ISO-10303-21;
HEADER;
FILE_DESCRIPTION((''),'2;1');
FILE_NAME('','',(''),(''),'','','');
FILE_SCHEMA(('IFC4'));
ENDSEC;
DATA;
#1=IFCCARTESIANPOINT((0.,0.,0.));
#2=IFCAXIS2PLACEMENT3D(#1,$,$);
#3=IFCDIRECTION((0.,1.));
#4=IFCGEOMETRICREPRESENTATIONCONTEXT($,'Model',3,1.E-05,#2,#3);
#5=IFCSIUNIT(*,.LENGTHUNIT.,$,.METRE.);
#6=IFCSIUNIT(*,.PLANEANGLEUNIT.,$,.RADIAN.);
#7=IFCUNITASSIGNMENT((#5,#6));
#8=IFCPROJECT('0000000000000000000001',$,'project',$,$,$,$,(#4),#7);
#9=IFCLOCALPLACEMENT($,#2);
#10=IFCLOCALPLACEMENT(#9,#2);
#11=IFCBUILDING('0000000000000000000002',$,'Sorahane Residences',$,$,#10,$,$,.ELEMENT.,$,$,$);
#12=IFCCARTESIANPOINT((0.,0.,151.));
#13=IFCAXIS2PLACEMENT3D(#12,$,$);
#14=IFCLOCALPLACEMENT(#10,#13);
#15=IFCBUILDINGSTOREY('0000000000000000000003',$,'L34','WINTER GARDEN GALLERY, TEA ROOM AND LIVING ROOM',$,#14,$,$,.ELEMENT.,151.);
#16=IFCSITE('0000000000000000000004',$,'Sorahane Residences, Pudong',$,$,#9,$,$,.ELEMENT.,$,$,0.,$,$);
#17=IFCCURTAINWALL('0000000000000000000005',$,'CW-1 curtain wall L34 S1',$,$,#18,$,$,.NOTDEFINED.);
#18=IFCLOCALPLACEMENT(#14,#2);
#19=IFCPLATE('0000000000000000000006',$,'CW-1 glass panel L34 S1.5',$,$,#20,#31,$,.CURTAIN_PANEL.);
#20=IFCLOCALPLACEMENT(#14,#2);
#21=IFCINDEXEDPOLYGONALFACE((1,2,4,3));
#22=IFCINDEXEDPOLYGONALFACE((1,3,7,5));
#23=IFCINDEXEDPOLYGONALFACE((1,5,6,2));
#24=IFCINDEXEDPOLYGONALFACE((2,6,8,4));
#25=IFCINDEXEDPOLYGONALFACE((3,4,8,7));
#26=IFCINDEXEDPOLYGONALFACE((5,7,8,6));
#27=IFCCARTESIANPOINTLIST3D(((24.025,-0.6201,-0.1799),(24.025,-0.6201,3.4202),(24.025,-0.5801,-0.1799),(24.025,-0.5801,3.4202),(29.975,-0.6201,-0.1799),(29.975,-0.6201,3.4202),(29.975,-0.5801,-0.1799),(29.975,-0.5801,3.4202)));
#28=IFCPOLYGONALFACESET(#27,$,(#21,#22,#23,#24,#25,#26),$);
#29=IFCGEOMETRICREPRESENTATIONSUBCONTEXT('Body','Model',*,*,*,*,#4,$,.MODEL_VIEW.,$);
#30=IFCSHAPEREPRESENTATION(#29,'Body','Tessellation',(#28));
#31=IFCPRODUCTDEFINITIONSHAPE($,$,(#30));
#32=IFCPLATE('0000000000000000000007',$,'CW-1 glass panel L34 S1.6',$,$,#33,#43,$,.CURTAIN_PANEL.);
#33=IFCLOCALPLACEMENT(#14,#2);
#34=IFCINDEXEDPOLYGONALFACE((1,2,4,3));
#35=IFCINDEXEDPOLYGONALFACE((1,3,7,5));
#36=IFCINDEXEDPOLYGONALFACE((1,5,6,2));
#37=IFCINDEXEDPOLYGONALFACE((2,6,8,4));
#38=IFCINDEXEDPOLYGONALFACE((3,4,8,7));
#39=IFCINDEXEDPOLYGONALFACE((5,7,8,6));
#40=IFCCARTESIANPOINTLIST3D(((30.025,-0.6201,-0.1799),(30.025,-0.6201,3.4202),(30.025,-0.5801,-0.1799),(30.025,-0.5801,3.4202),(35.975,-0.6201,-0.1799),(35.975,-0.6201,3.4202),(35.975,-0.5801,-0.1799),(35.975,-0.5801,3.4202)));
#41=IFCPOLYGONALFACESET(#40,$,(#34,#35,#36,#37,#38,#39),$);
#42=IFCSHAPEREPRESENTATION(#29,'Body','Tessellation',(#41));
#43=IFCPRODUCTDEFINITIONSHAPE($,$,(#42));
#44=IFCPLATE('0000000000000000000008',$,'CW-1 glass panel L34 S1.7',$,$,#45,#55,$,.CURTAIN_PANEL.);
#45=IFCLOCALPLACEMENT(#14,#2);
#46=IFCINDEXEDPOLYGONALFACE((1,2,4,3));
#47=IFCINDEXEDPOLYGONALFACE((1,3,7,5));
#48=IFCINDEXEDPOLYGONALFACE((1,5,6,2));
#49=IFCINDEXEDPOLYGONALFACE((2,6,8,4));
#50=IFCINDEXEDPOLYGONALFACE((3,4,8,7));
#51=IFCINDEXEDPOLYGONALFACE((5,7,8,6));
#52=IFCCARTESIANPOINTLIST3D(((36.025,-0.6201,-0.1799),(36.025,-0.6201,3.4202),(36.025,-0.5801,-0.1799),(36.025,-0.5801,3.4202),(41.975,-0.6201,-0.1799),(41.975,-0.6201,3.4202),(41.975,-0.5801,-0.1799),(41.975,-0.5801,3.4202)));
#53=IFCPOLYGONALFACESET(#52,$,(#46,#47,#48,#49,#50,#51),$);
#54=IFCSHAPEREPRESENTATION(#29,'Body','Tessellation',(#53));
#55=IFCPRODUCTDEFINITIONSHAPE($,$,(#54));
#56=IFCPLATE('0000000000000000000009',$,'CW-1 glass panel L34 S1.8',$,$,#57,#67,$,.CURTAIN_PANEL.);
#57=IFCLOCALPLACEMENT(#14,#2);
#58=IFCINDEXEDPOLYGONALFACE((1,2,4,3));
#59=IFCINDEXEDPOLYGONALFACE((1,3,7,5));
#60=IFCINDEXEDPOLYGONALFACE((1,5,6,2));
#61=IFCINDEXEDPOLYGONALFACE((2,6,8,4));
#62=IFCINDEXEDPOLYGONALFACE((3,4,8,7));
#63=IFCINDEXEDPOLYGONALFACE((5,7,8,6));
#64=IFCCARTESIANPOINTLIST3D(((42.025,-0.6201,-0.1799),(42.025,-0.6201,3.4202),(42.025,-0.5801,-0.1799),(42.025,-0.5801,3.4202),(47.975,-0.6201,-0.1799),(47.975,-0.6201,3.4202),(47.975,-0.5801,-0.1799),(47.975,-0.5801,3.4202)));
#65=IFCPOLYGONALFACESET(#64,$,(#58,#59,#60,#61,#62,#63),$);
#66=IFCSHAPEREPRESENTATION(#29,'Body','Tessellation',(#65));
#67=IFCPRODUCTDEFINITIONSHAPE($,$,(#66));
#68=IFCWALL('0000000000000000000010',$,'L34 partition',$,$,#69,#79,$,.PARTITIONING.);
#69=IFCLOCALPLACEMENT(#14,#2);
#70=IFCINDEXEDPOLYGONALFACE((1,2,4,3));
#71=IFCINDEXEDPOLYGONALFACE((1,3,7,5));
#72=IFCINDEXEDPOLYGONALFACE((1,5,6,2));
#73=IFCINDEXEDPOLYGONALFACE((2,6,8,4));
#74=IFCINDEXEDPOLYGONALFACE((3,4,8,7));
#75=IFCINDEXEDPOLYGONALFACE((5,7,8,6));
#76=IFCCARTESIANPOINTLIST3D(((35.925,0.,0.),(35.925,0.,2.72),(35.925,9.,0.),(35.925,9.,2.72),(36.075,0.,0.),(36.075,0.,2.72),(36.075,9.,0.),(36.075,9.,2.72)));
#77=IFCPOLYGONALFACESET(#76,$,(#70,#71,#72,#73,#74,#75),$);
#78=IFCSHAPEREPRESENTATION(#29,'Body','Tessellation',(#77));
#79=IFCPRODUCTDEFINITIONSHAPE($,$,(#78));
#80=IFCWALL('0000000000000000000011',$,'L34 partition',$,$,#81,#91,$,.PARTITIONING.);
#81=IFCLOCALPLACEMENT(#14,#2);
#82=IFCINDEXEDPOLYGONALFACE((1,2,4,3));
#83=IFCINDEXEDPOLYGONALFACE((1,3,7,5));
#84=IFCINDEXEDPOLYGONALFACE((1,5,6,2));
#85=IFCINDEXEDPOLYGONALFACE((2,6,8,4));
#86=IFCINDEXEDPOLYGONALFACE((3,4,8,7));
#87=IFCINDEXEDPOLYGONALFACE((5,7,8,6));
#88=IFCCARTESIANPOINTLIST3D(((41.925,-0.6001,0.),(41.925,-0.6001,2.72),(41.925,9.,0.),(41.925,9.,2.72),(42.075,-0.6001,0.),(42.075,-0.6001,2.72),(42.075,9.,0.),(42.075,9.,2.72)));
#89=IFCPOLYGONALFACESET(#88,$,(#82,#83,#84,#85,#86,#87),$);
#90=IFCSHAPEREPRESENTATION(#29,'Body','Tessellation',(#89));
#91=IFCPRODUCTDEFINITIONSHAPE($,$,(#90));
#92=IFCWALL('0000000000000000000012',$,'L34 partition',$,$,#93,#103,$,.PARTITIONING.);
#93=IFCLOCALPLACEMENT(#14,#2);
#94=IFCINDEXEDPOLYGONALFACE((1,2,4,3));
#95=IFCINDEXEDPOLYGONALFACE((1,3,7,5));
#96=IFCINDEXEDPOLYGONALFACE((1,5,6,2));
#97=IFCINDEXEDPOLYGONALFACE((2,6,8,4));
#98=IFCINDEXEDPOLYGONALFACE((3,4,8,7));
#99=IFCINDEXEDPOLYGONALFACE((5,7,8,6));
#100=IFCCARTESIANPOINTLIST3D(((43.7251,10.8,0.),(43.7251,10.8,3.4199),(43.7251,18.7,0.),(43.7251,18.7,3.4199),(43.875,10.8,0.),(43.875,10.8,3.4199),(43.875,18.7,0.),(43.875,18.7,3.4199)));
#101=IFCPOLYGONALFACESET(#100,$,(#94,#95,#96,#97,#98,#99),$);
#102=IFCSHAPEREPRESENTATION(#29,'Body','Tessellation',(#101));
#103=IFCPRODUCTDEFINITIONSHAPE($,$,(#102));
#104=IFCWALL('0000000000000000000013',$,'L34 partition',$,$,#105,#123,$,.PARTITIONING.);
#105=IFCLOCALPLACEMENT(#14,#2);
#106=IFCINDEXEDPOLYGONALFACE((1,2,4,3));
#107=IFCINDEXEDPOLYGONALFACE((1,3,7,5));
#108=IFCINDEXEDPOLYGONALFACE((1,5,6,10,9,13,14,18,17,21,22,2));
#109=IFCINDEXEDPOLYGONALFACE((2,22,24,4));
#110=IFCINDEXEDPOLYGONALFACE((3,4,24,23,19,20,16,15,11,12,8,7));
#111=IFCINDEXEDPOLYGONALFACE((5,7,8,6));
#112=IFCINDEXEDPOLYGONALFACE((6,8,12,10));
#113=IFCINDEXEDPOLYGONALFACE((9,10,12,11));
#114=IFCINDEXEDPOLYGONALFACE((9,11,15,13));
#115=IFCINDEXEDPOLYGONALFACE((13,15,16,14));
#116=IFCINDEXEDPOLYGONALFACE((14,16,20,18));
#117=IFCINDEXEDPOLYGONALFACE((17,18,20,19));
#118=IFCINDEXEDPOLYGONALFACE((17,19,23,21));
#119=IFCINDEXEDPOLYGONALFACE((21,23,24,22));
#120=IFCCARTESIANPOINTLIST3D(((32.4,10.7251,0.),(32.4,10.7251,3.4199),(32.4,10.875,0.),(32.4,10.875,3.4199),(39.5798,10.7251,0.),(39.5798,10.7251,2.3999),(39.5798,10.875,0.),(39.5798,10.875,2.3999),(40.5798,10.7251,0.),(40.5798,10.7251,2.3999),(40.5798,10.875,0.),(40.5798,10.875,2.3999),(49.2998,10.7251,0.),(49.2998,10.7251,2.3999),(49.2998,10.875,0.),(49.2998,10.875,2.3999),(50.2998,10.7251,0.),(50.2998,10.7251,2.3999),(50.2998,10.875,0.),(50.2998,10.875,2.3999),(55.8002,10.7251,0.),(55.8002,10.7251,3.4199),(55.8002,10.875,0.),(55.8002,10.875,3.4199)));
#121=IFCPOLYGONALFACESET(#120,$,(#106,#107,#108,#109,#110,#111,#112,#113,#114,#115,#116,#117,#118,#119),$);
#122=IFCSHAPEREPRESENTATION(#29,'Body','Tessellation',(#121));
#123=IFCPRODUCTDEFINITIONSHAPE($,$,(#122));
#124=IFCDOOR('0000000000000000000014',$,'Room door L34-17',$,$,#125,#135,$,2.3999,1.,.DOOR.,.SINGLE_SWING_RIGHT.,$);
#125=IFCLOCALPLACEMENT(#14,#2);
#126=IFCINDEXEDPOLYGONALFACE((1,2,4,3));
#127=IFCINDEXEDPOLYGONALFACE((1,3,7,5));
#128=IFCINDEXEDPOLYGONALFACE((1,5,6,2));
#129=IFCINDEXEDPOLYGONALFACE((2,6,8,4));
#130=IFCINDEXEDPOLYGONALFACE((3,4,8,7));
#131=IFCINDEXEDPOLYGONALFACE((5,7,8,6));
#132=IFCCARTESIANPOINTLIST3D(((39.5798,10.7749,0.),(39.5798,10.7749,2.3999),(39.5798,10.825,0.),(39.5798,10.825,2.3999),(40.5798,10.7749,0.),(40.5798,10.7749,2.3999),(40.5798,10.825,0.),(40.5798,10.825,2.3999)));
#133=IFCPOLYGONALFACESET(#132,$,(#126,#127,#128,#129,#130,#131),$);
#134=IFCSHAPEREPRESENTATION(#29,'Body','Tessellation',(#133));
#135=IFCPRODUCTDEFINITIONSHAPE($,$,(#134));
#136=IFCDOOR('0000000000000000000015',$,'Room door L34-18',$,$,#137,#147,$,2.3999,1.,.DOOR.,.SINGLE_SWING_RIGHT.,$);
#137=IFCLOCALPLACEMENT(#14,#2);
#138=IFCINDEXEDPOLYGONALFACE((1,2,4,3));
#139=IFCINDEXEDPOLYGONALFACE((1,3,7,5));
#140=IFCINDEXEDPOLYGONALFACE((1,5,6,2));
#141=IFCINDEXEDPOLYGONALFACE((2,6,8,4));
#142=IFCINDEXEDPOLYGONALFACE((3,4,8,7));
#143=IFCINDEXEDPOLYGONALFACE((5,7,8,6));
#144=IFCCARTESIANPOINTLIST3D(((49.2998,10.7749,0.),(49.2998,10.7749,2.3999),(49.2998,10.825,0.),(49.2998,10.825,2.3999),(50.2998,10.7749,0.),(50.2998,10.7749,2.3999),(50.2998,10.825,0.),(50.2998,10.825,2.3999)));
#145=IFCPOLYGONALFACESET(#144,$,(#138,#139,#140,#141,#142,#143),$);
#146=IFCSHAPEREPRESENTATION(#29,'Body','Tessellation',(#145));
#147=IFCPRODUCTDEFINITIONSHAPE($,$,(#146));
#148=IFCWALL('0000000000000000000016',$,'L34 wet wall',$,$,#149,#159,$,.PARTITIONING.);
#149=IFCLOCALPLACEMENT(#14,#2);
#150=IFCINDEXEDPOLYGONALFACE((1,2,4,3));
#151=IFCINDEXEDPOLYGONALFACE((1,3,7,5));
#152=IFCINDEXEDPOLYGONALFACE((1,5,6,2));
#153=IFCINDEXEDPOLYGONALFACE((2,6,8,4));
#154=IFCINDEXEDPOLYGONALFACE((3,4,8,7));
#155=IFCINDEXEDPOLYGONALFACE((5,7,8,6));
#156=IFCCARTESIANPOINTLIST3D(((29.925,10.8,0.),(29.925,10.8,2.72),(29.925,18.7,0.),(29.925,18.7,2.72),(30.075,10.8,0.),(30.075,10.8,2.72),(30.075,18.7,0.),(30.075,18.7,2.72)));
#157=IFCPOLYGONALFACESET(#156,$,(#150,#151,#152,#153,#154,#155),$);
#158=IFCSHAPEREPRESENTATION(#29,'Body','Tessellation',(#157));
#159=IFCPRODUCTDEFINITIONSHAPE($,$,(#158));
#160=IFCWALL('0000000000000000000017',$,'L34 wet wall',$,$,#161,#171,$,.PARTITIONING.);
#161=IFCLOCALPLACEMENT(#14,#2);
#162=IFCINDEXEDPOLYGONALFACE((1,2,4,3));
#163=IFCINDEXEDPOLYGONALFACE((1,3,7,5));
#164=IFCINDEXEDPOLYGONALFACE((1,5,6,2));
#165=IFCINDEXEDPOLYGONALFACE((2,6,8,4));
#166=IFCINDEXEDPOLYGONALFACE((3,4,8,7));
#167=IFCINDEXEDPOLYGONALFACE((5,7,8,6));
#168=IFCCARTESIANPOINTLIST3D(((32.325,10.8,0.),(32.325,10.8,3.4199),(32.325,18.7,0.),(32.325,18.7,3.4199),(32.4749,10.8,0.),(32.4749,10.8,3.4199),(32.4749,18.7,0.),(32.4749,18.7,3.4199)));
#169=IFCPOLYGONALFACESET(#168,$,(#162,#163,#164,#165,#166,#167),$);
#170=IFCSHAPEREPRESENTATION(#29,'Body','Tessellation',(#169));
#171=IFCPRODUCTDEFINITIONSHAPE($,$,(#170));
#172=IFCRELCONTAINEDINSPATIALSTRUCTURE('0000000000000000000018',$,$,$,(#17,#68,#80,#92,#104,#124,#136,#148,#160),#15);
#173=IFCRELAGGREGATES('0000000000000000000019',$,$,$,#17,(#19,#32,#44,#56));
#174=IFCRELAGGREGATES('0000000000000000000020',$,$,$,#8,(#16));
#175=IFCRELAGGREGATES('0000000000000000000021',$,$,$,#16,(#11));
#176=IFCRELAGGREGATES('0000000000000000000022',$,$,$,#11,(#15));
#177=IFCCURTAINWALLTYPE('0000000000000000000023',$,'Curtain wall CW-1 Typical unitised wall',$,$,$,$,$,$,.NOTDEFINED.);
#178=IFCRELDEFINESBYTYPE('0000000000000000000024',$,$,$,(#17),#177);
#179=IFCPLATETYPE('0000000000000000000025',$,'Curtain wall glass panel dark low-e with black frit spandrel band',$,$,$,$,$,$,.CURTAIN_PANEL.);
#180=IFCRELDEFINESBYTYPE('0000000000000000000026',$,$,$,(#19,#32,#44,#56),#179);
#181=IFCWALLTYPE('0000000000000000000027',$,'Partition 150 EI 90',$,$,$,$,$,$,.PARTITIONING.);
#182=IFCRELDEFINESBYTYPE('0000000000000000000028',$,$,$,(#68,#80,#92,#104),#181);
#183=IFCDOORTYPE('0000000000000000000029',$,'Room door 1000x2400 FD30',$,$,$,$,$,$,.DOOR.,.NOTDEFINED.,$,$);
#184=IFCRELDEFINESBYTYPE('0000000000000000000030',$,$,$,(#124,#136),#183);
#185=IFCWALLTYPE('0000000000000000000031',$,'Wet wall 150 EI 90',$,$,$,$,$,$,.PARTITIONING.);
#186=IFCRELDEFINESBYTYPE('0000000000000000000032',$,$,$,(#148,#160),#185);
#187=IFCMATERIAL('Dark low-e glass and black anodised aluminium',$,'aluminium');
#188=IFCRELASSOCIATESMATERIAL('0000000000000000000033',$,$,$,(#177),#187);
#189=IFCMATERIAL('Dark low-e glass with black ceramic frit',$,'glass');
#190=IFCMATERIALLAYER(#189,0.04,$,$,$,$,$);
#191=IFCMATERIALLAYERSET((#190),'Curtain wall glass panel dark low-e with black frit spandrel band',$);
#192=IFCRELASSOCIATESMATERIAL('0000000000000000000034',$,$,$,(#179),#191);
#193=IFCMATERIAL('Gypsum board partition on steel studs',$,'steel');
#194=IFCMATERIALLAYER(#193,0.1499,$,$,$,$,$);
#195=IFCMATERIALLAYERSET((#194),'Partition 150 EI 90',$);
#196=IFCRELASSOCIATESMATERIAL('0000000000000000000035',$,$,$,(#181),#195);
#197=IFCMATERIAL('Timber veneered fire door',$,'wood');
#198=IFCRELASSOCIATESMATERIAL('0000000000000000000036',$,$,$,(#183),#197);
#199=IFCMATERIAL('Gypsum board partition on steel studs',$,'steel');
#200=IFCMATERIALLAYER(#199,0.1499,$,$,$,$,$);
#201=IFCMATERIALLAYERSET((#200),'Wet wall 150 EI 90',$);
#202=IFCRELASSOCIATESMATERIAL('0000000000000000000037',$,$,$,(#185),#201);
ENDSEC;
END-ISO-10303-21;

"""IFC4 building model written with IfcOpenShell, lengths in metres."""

from ifc_helpers import new_model, si_unit, direction, frame, frame_2d, origin, origin_2d, place, context, subcontext, project, spatial, rectangle, extrude, material, layer, layer_set, type_object, element, fill, aggregate, save


model = new_model("IFC4")

# Units and contexts
model_context = context("Model", 3, precision=1e-05, world=origin(), true_north=direction((0.0, 1.0)))
body_context = subcontext(model_context, "Body", "Model", "MODEL_VIEW")
ifc_project = project(units=[si_unit("LENGTHUNIT", "METRE"), si_unit("PLANEANGLEUNIT", "RADIAN")], contexts=[model_context])

# Site, building, storey
site_placement = place(None, origin())
site = spatial("IfcSite", under=ifc_project, at=site_placement, Name="Sorahane Residences, Pudong", CompositionType="ELEMENT", RefElevation=0.0)
building_placement = place(site_placement, origin())
building = spatial("IfcBuilding", under=site, at=building_placement, Name="Sorahane Residences", CompositionType="ELEMENT")
storey_placement = place(building_placement, frame((0.0, 0.0, 151.0)))
storey = spatial("IfcBuildingStorey", under=building, at=storey_placement, Name="L34", Description="WINTER GARDEN GALLERY, TEA ROOM AND LIVING ROOM", CompositionType="ELEMENT", Elevation=151.0)

# Curtain wall
ifc_material_1 = material(Name="Dark low-e glass and black anodised aluminium", Category="aluminium")
curtain_wall_type = type_object("IfcCurtainWallType", Name="Curtain wall CW-1 Typical unitised wall", PredefinedType="NOTDEFINED", material=ifc_material_1)
curtain_wall_placement = place(storey_placement, origin())
curtain_wall = element("IfcCurtainWall", 1, at=curtain_wall_placement, inside=storey, type_object=curtain_wall_type, Name="CW-1 curtain wall L34 S1", PredefinedType="NOTDEFINED")

# Plates
ifc_material_2 = material(Name="Dark low-e glass with black ceramic frit", Category="glass")
ifc_layer_1 = layer(ifc_material_2, 0.04)
ifc_layer_set_1 = layer_set([ifc_layer_1], Name="Curtain wall glass panel dark low-e with black frit spandrel band")
plate_type = type_object("IfcPlateType", Name="Curtain wall glass panel dark low-e with black frit spandrel band", PredefinedType="CURTAIN_PANEL", material=ifc_layer_set_1)
plate_1_placement = place(storey_placement, frame((27.0, -0.6001, -0.1799), z_axis=(0.0, 0.0, 1.0), x_axis=(1.0, 0.0, 0.0)))
plate_1 = element("IfcPlate", 2, at=plate_1_placement, type_object=plate_type, Name="CW-1 glass panel L34 S1.5", PredefinedType="CURTAIN_PANEL", context=body_context, shape_type="SweptSolid", body=[
    extrude(rectangle(XDim=5.95, YDim=0.04, at=origin_2d()), origin(), (0.0, 0.0, 1.0), 3.6001),
])
plate_2_placement = place(storey_placement, frame((33.0, -0.6001, -0.1799), z_axis=(0.0, 0.0, 1.0), x_axis=(1.0, 0.0, 0.0)))
plate_2 = element("IfcPlate", 3, at=plate_2_placement, type_object=plate_type, Name="CW-1 glass panel L34 S1.6", PredefinedType="CURTAIN_PANEL", context=body_context, shape_type="SweptSolid", body=[
    extrude(rectangle(XDim=5.95, YDim=0.04, at=origin_2d()), origin(), (0.0, 0.0, 1.0), 3.6001),
])
plate_3_placement = place(storey_placement, frame((39.0, -0.6001, -0.1799), z_axis=(0.0, 0.0, 1.0), x_axis=(1.0, 0.0, 0.0)))
plate_3 = element("IfcPlate", 4, at=plate_3_placement, type_object=plate_type, Name="CW-1 glass panel L34 S1.7", PredefinedType="CURTAIN_PANEL", context=body_context, shape_type="SweptSolid", body=[
    extrude(rectangle(XDim=5.95, YDim=0.04, at=origin_2d()), origin(), (0.0, 0.0, 1.0), 3.6001),
])
plate_4_placement = place(storey_placement, frame((45.0, -0.6001, -0.1799), z_axis=(0.0, 0.0, 1.0), x_axis=(1.0, 0.0, 0.0)))
plate_4 = element("IfcPlate", 5, at=plate_4_placement, type_object=plate_type, Name="CW-1 glass panel L34 S1.8", PredefinedType="CURTAIN_PANEL", context=body_context, shape_type="SweptSolid", body=[
    extrude(rectangle(XDim=5.95, YDim=0.04, at=origin_2d()), origin(), (0.0, 0.0, 1.0), 3.6001),
])
aggregate(curtain_wall, [plate_1, plate_2, plate_3, plate_4])

# Walls
ifc_material_3 = material(Name="Gypsum board partition on steel studs", Category="steel")
ifc_layer_2 = layer(ifc_material_3, 0.1499)
ifc_layer_set_2 = layer_set([ifc_layer_2], Name="Partition 150 EI 90")
wall_type_1 = type_object("IfcWallType", Name="Partition 150 EI 90", PredefinedType="PARTITIONING", material=ifc_layer_set_2)
wall_1_placement = place(storey_placement, frame((36.0, 0.0, 0.0), z_axis=(0.0, 0.0, 1.0), x_axis=(0.0, 1.0, 0.0)))
element("IfcWall", 6, at=wall_1_placement, inside=storey, type_object=wall_type_1, Name="L34 partition", PredefinedType="PARTITIONING", context=body_context, shape_type="SweptSolid", body=[
    extrude(rectangle(XDim=9.0, YDim=0.1499, at=frame_2d((4.5, 0.0))), origin(), (0.0, 0.0, 1.0), 2.72),
])
wall_2_placement = place(storey_placement, frame((42.0, -0.6001, 0.0), z_axis=(0.0, 0.0, 1.0), x_axis=(0.0, 1.0, 0.0)))
element("IfcWall", 7, at=wall_2_placement, inside=storey, type_object=wall_type_1, Name="L34 partition", PredefinedType="PARTITIONING", context=body_context, shape_type="SweptSolid", body=[
    extrude(rectangle(XDim=9.6001, YDim=0.1499, at=frame_2d((4.8, 0.0))), origin(), (0.0, 0.0, 1.0), 2.72),
])
wall_3_placement = place(storey_placement, frame((43.8, 10.8, 0.0), z_axis=(0.0, 0.0, 1.0), x_axis=(0.0, 1.0, 0.0)))
element("IfcWall", 8, at=wall_3_placement, inside=storey, type_object=wall_type_1, Name="L34 partition", PredefinedType="PARTITIONING", context=body_context, shape_type="SweptSolid", body=[
    extrude(rectangle(XDim=7.8999, YDim=0.1499, at=frame_2d((3.95, 0.0))), origin(), (0.0, 0.0, 1.0), 3.4199),
])

# Wall, openings, doors
wall_4_placement = place(storey_placement, frame((32.3999, 10.8, 0.0), z_axis=(0.0, 0.0, 1.0), x_axis=(1.0, 0.0, 0.0)))
wall_4 = element("IfcWall", 9, at=wall_4_placement, inside=storey, type_object=wall_type_1, Name="L34 partition", PredefinedType="PARTITIONING", context=body_context, shape_type="SweptSolid", body=[
    extrude(rectangle(XDim=23.4001, YDim=0.1499, at=frame_2d((11.7002, 0.0))), origin(), (0.0, 0.0, 1.0), 3.4199),
])
opening_1_placement = place(wall_4_placement, frame((7.1799, 0.0, 0.0)))
opening_1 = element("IfcOpeningElement", 10, at=opening_1_placement, cuts=wall_4, PredefinedType="OPENING", context=body_context, shape_type="SweptSolid", body=[
    extrude(rectangle(XDim=1.0, YDim=2.3999, at=frame_2d((0.5, 1.2))), frame((0.0, 0.085, 0.0), z_axis=(0.0, -1.0, 0.0), x_axis=(1.0, 0.0, 0.0)), (0.0, 0.0, 1.0), 0.1699),
])
opening_2_placement = place(wall_4_placement, frame((16.8999, 0.0, 0.0)))
opening_2 = element("IfcOpeningElement", 11, at=opening_2_placement, cuts=wall_4, PredefinedType="OPENING", context=body_context, shape_type="SweptSolid", body=[
    extrude(rectangle(XDim=1.0, YDim=2.3999, at=frame_2d((0.5, 1.2))), frame((0.0, 0.085, 0.0), z_axis=(0.0, -1.0, 0.0), x_axis=(1.0, 0.0, 0.0)), (0.0, 0.0, 1.0), 0.1699),
])
ifc_material_4 = material(Name="Timber veneered fire door", Category="wood")
door_type_1 = type_object("IfcDoorType", Name="Room door 1000x2400 FD30", OperationType="NOTDEFINED", PredefinedType="DOOR", material=ifc_material_4)
door_1_placement = place(opening_1_placement, origin())
door_1 = element("IfcDoor", 12, at=door_1_placement, inside=storey, type_object=door_type_1, Name="Room door L34-17", OperationType="SINGLE_SWING_RIGHT", OverallHeight=2.3999, OverallWidth=1.0, PredefinedType="DOOR", context=body_context, shape_type="SweptSolid", body=[
    extrude(rectangle(XDim=1.0, YDim=2.3999, at=frame_2d((0.5, 1.2))), frame((0.0, 0.0249, 0.0), z_axis=(0.0, -1.0, 0.0), x_axis=(1.0, 0.0, 0.0)), (0.0, 0.0, 1.0), 0.05),
])
fill(opening_1, door_1)
door_2_placement = place(opening_2_placement, origin())
door_2 = element("IfcDoor", 13, at=door_2_placement, inside=storey, type_object=door_type_1, Name="Room door L34-18", OperationType="SINGLE_SWING_RIGHT", OverallHeight=2.3999, OverallWidth=1.0, PredefinedType="DOOR", context=body_context, shape_type="SweptSolid", body=[
    extrude(rectangle(XDim=1.0, YDim=2.3999, at=frame_2d((0.5, 1.2))), frame((0.0, 0.0249, 0.0), z_axis=(0.0, -1.0, 0.0), x_axis=(1.0, 0.0, 0.0)), (0.0, 0.0, 1.0), 0.05),
])
fill(opening_2, door_2)

# Walls
ifc_material_5 = material(Name="Gypsum board partition on steel studs", Category="steel")
ifc_layer_3 = layer(ifc_material_5, 0.1499)
ifc_layer_set_3 = layer_set([ifc_layer_3], Name="Wet wall 150 EI 90")
wall_type_2 = type_object("IfcWallType", Name="Wet wall 150 EI 90", PredefinedType="PARTITIONING", material=ifc_layer_set_3)
wall_5_placement = place(storey_placement, frame((30.0, 10.8, 0.0), z_axis=(0.0, 0.0, 1.0), x_axis=(0.0, 1.0, 0.0)))
element("IfcWall", 14, at=wall_5_placement, inside=storey, type_object=wall_type_2, Name="L34 wet wall", PredefinedType="PARTITIONING", context=body_context, shape_type="SweptSolid", body=[
    extrude(rectangle(XDim=7.8999, YDim=0.1499, at=frame_2d((3.95, 0.0))), origin(), (0.0, 0.0, 1.0), 2.72),
])
wall_6_placement = place(storey_placement, frame((32.3999, 10.8, 0.0), z_axis=(0.0, 0.0, 1.0), x_axis=(0.0, 1.0, 0.0)))
element("IfcWall", 15, at=wall_6_placement, inside=storey, type_object=wall_type_2, Name="L34 wet wall", PredefinedType="PARTITIONING", context=body_context, shape_type="SweptSolid", body=[
    extrude(rectangle(XDim=7.8999, YDim=0.1499, at=frame_2d((3.95, 0.0))), origin(), (0.0, 0.0, 1.0), 3.4199),
])

save(model, "model.ifc")
